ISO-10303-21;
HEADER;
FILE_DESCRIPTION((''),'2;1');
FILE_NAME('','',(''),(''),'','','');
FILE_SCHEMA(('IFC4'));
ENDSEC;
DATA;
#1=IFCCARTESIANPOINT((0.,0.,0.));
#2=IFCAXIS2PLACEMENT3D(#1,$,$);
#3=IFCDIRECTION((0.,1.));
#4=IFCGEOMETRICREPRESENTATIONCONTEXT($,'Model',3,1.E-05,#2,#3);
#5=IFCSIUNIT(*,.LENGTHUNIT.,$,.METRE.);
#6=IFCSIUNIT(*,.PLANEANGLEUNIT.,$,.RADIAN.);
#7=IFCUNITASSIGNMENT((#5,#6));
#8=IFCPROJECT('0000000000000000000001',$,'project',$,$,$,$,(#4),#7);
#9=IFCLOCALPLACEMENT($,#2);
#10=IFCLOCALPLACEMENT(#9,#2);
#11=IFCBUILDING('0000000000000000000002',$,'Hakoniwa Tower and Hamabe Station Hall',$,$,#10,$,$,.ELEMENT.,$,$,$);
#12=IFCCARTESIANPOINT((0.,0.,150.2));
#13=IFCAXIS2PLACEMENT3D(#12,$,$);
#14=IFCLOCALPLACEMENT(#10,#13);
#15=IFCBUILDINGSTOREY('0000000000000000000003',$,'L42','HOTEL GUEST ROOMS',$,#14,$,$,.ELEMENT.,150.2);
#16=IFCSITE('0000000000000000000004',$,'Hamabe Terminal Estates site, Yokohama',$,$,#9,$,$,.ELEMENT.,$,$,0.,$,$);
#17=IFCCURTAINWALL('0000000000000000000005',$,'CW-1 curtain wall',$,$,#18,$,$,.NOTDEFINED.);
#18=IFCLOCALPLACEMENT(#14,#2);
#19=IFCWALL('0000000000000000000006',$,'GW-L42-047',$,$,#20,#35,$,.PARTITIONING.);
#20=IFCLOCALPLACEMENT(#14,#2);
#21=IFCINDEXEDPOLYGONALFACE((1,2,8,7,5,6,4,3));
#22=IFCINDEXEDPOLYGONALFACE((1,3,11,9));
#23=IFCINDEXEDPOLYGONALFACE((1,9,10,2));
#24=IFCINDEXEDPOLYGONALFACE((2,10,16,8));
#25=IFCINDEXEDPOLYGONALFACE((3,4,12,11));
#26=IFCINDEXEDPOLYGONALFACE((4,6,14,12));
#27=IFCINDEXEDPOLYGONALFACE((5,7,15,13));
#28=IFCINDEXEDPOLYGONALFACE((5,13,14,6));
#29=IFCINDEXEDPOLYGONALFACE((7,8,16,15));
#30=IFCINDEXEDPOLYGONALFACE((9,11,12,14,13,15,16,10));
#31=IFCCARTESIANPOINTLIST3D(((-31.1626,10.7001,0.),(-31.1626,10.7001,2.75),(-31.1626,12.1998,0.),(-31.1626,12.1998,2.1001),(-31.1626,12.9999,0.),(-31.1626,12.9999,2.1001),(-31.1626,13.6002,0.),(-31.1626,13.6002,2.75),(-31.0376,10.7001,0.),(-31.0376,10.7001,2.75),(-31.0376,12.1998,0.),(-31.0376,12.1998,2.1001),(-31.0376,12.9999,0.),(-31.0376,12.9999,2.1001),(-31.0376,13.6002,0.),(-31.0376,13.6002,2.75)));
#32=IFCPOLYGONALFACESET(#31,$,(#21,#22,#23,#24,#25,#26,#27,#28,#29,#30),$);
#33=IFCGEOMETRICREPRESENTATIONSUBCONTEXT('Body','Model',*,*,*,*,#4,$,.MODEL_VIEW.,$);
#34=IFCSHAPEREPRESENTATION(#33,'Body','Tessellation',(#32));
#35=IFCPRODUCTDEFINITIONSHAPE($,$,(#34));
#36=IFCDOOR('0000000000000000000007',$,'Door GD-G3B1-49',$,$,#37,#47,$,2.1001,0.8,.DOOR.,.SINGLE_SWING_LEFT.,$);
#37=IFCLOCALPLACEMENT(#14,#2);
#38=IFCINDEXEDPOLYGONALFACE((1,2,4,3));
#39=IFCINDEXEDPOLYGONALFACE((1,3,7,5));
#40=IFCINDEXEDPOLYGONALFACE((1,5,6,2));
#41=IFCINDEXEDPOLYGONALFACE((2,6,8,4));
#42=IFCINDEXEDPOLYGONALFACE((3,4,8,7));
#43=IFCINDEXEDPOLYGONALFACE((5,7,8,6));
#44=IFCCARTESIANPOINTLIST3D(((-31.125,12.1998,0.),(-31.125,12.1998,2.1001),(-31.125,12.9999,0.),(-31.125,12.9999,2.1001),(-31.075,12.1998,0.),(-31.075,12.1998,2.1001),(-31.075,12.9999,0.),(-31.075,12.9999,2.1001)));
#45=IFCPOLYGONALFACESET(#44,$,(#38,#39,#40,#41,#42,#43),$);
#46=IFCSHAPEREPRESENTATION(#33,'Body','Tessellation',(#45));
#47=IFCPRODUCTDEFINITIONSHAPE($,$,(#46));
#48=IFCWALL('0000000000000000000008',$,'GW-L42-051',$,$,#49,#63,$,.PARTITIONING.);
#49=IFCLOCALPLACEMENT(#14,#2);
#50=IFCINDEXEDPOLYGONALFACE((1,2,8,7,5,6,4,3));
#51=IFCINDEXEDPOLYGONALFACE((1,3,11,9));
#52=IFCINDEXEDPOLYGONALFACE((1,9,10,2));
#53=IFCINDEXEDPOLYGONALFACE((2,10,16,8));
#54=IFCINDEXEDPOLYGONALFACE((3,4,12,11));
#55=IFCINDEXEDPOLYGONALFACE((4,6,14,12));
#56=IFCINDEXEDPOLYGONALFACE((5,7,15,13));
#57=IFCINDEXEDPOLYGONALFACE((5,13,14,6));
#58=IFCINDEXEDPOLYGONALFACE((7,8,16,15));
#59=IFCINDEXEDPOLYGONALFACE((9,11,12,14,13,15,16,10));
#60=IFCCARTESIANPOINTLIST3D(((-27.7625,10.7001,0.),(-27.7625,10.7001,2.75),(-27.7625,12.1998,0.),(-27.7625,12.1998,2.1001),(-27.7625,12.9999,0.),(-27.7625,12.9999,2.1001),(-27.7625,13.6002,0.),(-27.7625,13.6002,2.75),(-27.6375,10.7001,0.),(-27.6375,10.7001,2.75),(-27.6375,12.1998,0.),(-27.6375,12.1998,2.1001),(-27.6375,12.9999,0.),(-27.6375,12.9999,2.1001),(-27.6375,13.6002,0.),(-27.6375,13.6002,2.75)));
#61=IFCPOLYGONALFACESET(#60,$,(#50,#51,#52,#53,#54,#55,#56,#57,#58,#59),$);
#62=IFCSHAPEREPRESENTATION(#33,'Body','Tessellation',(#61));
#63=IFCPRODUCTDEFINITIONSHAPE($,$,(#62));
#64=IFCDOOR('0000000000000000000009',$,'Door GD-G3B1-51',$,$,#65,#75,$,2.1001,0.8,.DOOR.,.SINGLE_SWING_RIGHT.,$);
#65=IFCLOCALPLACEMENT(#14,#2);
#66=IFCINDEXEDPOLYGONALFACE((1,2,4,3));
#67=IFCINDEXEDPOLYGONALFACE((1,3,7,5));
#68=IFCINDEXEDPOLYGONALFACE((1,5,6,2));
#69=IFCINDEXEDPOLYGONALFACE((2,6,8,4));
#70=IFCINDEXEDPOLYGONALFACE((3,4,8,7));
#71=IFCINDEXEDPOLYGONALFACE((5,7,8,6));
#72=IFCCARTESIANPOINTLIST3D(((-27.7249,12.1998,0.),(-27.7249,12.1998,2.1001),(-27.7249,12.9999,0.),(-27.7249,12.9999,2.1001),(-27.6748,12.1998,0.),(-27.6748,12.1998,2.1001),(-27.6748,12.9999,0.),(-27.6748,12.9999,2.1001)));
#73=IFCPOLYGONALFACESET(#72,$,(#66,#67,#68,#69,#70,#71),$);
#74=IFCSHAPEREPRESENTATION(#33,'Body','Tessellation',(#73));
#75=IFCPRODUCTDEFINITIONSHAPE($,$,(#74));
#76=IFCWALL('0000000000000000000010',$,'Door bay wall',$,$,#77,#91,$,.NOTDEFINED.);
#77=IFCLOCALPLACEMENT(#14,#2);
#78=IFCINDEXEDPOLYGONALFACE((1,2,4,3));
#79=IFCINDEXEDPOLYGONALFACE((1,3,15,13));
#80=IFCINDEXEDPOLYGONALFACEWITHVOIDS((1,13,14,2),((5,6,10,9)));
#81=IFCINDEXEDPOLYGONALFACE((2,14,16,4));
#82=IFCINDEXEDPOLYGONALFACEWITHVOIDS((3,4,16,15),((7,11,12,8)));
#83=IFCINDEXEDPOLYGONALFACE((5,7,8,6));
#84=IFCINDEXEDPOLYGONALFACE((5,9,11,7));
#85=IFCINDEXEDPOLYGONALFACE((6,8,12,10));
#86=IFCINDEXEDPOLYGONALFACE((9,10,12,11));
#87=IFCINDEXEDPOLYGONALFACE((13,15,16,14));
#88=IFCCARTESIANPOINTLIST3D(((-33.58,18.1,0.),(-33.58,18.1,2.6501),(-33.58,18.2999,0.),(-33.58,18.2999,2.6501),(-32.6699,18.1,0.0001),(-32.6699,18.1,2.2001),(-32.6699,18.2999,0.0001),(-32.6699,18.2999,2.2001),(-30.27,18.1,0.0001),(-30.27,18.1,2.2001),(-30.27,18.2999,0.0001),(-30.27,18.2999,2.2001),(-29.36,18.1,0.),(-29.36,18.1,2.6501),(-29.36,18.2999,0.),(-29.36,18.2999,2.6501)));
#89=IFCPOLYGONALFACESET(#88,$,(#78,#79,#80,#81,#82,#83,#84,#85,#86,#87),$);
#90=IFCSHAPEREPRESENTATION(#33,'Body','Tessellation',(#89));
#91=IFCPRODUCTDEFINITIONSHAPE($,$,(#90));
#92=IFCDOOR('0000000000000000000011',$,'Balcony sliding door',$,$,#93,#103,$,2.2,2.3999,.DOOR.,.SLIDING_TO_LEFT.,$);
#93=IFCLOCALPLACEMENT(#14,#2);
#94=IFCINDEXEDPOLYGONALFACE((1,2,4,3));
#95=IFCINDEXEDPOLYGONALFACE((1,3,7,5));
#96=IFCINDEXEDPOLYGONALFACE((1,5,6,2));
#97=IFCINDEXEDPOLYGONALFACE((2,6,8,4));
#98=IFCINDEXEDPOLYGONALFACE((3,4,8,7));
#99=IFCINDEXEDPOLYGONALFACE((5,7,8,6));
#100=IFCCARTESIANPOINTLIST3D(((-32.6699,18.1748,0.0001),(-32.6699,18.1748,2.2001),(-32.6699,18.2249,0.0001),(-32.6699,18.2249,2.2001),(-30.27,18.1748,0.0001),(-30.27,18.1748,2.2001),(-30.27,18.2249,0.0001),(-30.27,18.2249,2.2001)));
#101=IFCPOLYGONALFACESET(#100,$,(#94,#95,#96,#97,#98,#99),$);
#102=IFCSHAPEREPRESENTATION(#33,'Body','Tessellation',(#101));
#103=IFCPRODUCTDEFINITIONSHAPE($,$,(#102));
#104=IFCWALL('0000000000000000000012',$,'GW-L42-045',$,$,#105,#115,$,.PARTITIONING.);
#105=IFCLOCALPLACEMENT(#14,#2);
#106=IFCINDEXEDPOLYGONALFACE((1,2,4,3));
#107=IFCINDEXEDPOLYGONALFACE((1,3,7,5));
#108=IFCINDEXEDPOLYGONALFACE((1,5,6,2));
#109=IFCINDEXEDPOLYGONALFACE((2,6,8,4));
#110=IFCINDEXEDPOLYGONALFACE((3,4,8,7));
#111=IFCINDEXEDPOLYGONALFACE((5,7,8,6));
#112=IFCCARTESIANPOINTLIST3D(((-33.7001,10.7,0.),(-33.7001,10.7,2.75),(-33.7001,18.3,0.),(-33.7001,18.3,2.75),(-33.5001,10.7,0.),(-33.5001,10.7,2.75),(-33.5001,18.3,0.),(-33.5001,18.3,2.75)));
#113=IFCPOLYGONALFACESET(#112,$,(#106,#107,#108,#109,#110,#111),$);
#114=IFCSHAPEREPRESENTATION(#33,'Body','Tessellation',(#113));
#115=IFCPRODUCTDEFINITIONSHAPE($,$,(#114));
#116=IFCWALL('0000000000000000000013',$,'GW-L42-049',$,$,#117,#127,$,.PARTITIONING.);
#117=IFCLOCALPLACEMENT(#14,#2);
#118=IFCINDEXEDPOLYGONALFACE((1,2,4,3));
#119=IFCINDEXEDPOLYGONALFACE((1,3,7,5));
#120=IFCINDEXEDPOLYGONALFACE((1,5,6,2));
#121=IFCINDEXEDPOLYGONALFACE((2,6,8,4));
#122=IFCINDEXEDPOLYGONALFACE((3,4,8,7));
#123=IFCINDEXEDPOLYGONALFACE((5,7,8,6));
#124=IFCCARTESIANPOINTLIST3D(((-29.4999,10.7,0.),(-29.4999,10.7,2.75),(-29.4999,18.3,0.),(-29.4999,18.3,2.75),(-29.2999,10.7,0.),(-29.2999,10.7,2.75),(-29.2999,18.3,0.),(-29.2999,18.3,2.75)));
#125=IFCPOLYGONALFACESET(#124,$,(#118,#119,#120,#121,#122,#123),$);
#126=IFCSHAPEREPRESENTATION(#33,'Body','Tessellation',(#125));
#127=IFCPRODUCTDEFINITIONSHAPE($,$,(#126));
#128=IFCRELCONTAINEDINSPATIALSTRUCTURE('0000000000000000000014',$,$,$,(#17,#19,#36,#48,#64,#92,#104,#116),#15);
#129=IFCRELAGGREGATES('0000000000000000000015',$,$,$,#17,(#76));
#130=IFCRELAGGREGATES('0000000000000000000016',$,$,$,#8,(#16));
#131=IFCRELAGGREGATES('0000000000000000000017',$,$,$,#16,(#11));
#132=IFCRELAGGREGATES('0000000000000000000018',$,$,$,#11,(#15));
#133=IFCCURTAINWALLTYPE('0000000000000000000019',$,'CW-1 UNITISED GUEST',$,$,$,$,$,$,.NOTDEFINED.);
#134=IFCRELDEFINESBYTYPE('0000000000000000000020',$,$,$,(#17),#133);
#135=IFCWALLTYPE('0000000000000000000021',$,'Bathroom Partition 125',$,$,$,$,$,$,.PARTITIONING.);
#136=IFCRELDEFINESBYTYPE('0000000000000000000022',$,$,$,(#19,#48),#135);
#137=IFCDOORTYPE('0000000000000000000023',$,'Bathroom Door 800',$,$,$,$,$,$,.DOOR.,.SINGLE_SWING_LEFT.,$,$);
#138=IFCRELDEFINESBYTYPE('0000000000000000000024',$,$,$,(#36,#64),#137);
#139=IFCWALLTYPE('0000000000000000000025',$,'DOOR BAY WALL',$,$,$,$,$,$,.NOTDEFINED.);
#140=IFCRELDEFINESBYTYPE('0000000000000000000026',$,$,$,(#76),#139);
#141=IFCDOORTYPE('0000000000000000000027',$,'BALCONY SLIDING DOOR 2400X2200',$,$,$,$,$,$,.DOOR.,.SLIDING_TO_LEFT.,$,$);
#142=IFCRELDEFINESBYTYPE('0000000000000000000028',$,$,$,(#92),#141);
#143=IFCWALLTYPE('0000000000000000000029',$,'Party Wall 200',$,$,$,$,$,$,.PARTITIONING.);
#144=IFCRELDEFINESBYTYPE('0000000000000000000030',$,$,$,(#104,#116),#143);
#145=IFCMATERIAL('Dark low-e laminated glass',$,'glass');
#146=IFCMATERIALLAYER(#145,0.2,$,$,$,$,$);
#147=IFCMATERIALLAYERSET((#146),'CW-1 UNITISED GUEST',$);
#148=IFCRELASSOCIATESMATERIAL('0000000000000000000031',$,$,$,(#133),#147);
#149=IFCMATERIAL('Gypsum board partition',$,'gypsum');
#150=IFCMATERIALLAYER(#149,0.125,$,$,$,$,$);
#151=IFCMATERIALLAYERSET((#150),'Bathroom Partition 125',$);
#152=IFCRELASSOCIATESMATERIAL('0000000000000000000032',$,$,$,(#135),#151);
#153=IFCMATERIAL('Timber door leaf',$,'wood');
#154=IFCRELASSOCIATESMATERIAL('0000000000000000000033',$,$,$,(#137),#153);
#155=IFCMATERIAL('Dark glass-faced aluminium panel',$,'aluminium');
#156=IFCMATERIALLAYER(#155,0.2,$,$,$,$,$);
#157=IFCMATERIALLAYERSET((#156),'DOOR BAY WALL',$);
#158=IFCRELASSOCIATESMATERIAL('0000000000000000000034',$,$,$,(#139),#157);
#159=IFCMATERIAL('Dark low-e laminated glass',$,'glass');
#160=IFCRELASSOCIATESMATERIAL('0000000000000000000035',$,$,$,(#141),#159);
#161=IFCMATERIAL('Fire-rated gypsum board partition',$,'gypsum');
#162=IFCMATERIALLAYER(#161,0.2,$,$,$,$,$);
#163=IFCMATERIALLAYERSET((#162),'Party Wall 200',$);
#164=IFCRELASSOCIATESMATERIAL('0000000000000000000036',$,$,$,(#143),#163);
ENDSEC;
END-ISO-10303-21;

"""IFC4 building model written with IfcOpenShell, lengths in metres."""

from ifc_helpers import new_model, si_unit, direction, frame, frame_2d, origin, place, context, subcontext, project, spatial, rectangle, extrude, material, layer, layer_set, type_object, element, fill, aggregate, save


model = new_model("IFC4")

# Units and contexts
model_context = context("Model", 3, precision=1e-05, world=origin(), true_north=direction((0.0, 1.0)))
body_context = subcontext(model_context, "Body", "Model", "MODEL_VIEW")
ifc_project = project(units=[si_unit("LENGTHUNIT", "METRE"), si_unit("PLANEANGLEUNIT", "RADIAN")], contexts=[model_context])

# Site, building, storey
site_placement = place(None, origin())
site = spatial("IfcSite", under=ifc_project, at=site_placement, Name="Hamabe Terminal Estates site, Yokohama", CompositionType="ELEMENT", RefElevation=0.0)
building_placement = place(site_placement, origin())
building = spatial("IfcBuilding", under=site, at=building_placement, Name="Hakoniwa Tower and Hamabe Station Hall", CompositionType="ELEMENT")
storey_placement = place(building_placement, frame((0.0, 0.0, 150.2)))
storey = spatial("IfcBuildingStorey", under=building, at=storey_placement, Name="L42", Description="HOTEL GUEST ROOMS", CompositionType="ELEMENT", Elevation=150.2)

# Curtain wall
ifc_material_1 = material(Name="Dark low-e laminated glass", Category="glass")
ifc_layer_1 = layer(ifc_material_1, 0.2)
ifc_layer_set_1 = layer_set([ifc_layer_1], Name="CW-1 UNITISED GUEST")
curtain_wall_type = type_object("IfcCurtainWallType", Name="CW-1 UNITISED GUEST", PredefinedType="NOTDEFINED", material=ifc_layer_set_1)
curtain_wall_1_placement = place(storey_placement, origin())
curtain_wall_1 = element("IfcCurtainWall", 1, at=curtain_wall_1_placement, inside=storey, type_object=curtain_wall_type, Name="CW-1 curtain wall", PredefinedType="NOTDEFINED")

# Shared definitions
ifc_material_2 = material(Name="Gypsum board partition", Category="gypsum")
ifc_layer_2 = layer(ifc_material_2, 0.125)
ifc_layer_set_2 = layer_set([ifc_layer_2], Name="Bathroom Partition 125")
wall_type_1 = type_object("IfcWallType", Name="Bathroom Partition 125", PredefinedType="PARTITIONING", material=ifc_layer_set_2)

# Walls, openings, doors
ifc_material_3 = material(Name="Timber door leaf", Category="wood")
door_type_1 = type_object("IfcDoorType", Name="Bathroom Door 800", OperationType="SINGLE_SWING_LEFT", PredefinedType="DOOR", material=ifc_material_3)
wall_1_placement = place(storey_placement, frame((-31.1001, 10.7, 0.0), z_axis=(0.0, 0.0, 1.0), x_axis=(0.0, 1.0, 0.0)))
wall_1 = element("IfcWall", 2, at=wall_1_placement, inside=storey, type_object=wall_type_1, Name="GW-L42-047", PredefinedType="PARTITIONING", context=body_context, shape_type="SweptSolid", body=[
    extrude(rectangle(XDim=2.9001, YDim=0.125, at=frame_2d((1.4502, 0.0))), origin(), (0.0, 0.0, 1.0), 2.75),
])
opening_1_placement = place(wall_1_placement, frame((1.5, 0.0, 0.0)))
opening_1 = element("IfcOpeningElement", 3, at=opening_1_placement, cuts=wall_1, PredefinedType="OPENING", context=body_context, shape_type="SweptSolid", body=[
    extrude(rectangle(XDim=0.8, YDim=2.1001, at=frame_2d((0.3999, 1.05))), frame((0.0, 0.0725, 0.0), z_axis=(0.0, -1.0, 0.0), x_axis=(1.0, 0.0, 0.0)), (0.0, 0.0, 1.0), 0.145),
])
door_1_placement = place(opening_1_placement, origin())
door_1 = element("IfcDoor", 4, at=door_1_placement, inside=storey, type_object=door_type_1, Name="Door GD-G3B1-49", OperationType="SINGLE_SWING_LEFT", OverallHeight=2.1001, OverallWidth=0.8, PredefinedType="DOOR", context=body_context, shape_type="SweptSolid", body=[
    extrude(rectangle(XDim=0.8, YDim=2.1001, at=frame_2d((0.3999, 1.05))), frame((0.0, 0.0249, 0.0), z_axis=(0.0, -1.0, 0.0), x_axis=(1.0, 0.0, 0.0)), (0.0, 0.0, 1.0), 0.05),
])
fill(opening_1, door_1)
wall_2_placement = place(storey_placement, frame((-27.7, 10.7, 0.0), z_axis=(0.0, 0.0, 1.0), x_axis=(0.0, 1.0, 0.0)))
wall_2 = element("IfcWall", 5, at=wall_2_placement, inside=storey, type_object=wall_type_1, Name="GW-L42-051", PredefinedType="PARTITIONING", context=body_context, shape_type="SweptSolid", body=[
    extrude(rectangle(XDim=2.9001, YDim=0.125, at=frame_2d((1.4502, 0.0))), origin(), (0.0, 0.0, 1.0), 2.75),
])
opening_2_placement = place(wall_2_placement, frame((1.5, 0.0, 0.0)))
opening_2 = element("IfcOpeningElement", 6, at=opening_2_placement, cuts=wall_2, PredefinedType="OPENING", context=body_context, shape_type="SweptSolid", body=[
    extrude(rectangle(XDim=0.8, YDim=2.1001, at=frame_2d((0.3999, 1.05))), frame((0.0, 0.0725, 0.0), z_axis=(0.0, -1.0, 0.0), x_axis=(1.0, 0.0, 0.0)), (0.0, 0.0, 1.0), 0.145),
])
door_2_placement = place(opening_2_placement, origin())
door_2 = element("IfcDoor", 7, at=door_2_placement, inside=storey, type_object=door_type_1, Name="Door GD-G3B1-51", OperationType="SINGLE_SWING_RIGHT", OverallHeight=2.1001, OverallWidth=0.8, PredefinedType="DOOR", context=body_context, shape_type="SweptSolid", body=[
    extrude(rectangle(XDim=0.8, YDim=2.1001, at=frame_2d((0.3999, 1.05))), frame((0.0, 0.0249, 0.0), z_axis=(0.0, -1.0, 0.0), x_axis=(1.0, 0.0, 0.0)), (0.0, 0.0, 1.0), 0.05),
])
fill(opening_2, door_2)
ifc_material_4 = material(Name="Dark glass-faced aluminium panel", Category="aluminium")
ifc_layer_3 = layer(ifc_material_4, 0.2)
ifc_layer_set_3 = layer_set([ifc_layer_3], Name="DOOR BAY WALL")
wall_type_2 = type_object("IfcWallType", Name="DOOR BAY WALL", PredefinedType="NOTDEFINED", material=ifc_layer_set_3)
wall_3_placement = place(storey_placement, frame((-29.3601, 18.2, 0.0), z_axis=(0.0, 0.0, 1.0), x_axis=(-1.0, 0.0, 0.0)))
wall_3 = element("IfcWall", 8, at=wall_3_placement, type_object=wall_type_2, Name="Door bay wall", PredefinedType="NOTDEFINED", context=body_context, shape_type="SweptSolid", body=[
    extrude(rectangle(XDim=4.22, YDim=0.2, at=frame_2d((2.1099, 0.0))), origin(), (0.0, 0.0, 1.0), 2.6501),
])
opening_3_placement = place(wall_3_placement, frame((0.9099, 0.0, 0.0)))
opening_3 = element("IfcOpeningElement", 9, at=opening_3_placement, cuts=wall_3, PredefinedType="OPENING", context=body_context, shape_type="SweptSolid", body=[
    extrude(rectangle(XDim=2.3999, YDim=2.2, at=frame_2d((1.2, 1.1001))), frame((0.0, 0.1099, 0.0), z_axis=(0.0, -1.0, 0.0), x_axis=(1.0, 0.0, 0.0)), (0.0, 0.0, 1.0), 0.22),
])
ifc_material_5 = material(Name="Dark low-e laminated glass", Category="glass")
door_type_2 = type_object("IfcDoorType", Name="BALCONY SLIDING DOOR 2400X2200", OperationType="SLIDING_TO_LEFT", PredefinedType="DOOR", material=ifc_material_5)
door_3_placement = place(opening_3_placement, frame((2.3999, 0.0, 0.0), z_axis=(0.0, 0.0, 1.0), x_axis=(-1.0, 0.0, 0.0)))
door_3 = element("IfcDoor", 10, at=door_3_placement, inside=storey, type_object=door_type_2, Name="Balcony sliding door", OperationType="SLIDING_TO_LEFT", OverallHeight=2.2, OverallWidth=2.3999, PredefinedType="DOOR", context=body_context, shape_type="SweptSolid", body=[
    extrude(rectangle(XDim=2.3999, YDim=2.2, at=frame_2d((1.2, 1.1001))), frame((0.0, 0.0249, 0.0), z_axis=(0.0, -1.0, 0.0), x_axis=(1.0, 0.0, 0.0)), (0.0, 0.0, 1.0), 0.05),
])
fill(opening_3, door_3)
aggregate(curtain_wall_1, [wall_3])

# Walls
ifc_material_6 = material(Name="Fire-rated gypsum board partition", Category="gypsum")
ifc_layer_4 = layer(ifc_material_6, 0.2)
ifc_layer_set_4 = layer_set([ifc_layer_4], Name="Party Wall 200")
wall_type_3 = type_object("IfcWallType", Name="Party Wall 200", PredefinedType="PARTITIONING", material=ifc_layer_set_4)
for number, where, z_axis, x_axis, name in (
    (11, (-33.6001, 10.7, 0.0), (0.0, 0.0, 1.0), (0.0, 1.0, 0.0), "GW-L42-045"),
    (12, (-29.3999, 10.7, 0.0), (0.0, 0.0, 1.0), (0.0, 1.0, 0.0), "GW-L42-049"),
):
    element("IfcWall", number, at=place(storey_placement, frame(where, z_axis=z_axis, x_axis=x_axis)), inside=storey, type_object=wall_type_3, Name=name, PredefinedType="PARTITIONING", context=body_context, shape_type="SweptSolid", body=[
        extrude(rectangle(XDim=7.6001, YDim=0.2, at=frame_2d((3.8, 0.0))), origin(), (0.0, 0.0, 1.0), 2.75),
    ])

save(model, "model.ifc")
